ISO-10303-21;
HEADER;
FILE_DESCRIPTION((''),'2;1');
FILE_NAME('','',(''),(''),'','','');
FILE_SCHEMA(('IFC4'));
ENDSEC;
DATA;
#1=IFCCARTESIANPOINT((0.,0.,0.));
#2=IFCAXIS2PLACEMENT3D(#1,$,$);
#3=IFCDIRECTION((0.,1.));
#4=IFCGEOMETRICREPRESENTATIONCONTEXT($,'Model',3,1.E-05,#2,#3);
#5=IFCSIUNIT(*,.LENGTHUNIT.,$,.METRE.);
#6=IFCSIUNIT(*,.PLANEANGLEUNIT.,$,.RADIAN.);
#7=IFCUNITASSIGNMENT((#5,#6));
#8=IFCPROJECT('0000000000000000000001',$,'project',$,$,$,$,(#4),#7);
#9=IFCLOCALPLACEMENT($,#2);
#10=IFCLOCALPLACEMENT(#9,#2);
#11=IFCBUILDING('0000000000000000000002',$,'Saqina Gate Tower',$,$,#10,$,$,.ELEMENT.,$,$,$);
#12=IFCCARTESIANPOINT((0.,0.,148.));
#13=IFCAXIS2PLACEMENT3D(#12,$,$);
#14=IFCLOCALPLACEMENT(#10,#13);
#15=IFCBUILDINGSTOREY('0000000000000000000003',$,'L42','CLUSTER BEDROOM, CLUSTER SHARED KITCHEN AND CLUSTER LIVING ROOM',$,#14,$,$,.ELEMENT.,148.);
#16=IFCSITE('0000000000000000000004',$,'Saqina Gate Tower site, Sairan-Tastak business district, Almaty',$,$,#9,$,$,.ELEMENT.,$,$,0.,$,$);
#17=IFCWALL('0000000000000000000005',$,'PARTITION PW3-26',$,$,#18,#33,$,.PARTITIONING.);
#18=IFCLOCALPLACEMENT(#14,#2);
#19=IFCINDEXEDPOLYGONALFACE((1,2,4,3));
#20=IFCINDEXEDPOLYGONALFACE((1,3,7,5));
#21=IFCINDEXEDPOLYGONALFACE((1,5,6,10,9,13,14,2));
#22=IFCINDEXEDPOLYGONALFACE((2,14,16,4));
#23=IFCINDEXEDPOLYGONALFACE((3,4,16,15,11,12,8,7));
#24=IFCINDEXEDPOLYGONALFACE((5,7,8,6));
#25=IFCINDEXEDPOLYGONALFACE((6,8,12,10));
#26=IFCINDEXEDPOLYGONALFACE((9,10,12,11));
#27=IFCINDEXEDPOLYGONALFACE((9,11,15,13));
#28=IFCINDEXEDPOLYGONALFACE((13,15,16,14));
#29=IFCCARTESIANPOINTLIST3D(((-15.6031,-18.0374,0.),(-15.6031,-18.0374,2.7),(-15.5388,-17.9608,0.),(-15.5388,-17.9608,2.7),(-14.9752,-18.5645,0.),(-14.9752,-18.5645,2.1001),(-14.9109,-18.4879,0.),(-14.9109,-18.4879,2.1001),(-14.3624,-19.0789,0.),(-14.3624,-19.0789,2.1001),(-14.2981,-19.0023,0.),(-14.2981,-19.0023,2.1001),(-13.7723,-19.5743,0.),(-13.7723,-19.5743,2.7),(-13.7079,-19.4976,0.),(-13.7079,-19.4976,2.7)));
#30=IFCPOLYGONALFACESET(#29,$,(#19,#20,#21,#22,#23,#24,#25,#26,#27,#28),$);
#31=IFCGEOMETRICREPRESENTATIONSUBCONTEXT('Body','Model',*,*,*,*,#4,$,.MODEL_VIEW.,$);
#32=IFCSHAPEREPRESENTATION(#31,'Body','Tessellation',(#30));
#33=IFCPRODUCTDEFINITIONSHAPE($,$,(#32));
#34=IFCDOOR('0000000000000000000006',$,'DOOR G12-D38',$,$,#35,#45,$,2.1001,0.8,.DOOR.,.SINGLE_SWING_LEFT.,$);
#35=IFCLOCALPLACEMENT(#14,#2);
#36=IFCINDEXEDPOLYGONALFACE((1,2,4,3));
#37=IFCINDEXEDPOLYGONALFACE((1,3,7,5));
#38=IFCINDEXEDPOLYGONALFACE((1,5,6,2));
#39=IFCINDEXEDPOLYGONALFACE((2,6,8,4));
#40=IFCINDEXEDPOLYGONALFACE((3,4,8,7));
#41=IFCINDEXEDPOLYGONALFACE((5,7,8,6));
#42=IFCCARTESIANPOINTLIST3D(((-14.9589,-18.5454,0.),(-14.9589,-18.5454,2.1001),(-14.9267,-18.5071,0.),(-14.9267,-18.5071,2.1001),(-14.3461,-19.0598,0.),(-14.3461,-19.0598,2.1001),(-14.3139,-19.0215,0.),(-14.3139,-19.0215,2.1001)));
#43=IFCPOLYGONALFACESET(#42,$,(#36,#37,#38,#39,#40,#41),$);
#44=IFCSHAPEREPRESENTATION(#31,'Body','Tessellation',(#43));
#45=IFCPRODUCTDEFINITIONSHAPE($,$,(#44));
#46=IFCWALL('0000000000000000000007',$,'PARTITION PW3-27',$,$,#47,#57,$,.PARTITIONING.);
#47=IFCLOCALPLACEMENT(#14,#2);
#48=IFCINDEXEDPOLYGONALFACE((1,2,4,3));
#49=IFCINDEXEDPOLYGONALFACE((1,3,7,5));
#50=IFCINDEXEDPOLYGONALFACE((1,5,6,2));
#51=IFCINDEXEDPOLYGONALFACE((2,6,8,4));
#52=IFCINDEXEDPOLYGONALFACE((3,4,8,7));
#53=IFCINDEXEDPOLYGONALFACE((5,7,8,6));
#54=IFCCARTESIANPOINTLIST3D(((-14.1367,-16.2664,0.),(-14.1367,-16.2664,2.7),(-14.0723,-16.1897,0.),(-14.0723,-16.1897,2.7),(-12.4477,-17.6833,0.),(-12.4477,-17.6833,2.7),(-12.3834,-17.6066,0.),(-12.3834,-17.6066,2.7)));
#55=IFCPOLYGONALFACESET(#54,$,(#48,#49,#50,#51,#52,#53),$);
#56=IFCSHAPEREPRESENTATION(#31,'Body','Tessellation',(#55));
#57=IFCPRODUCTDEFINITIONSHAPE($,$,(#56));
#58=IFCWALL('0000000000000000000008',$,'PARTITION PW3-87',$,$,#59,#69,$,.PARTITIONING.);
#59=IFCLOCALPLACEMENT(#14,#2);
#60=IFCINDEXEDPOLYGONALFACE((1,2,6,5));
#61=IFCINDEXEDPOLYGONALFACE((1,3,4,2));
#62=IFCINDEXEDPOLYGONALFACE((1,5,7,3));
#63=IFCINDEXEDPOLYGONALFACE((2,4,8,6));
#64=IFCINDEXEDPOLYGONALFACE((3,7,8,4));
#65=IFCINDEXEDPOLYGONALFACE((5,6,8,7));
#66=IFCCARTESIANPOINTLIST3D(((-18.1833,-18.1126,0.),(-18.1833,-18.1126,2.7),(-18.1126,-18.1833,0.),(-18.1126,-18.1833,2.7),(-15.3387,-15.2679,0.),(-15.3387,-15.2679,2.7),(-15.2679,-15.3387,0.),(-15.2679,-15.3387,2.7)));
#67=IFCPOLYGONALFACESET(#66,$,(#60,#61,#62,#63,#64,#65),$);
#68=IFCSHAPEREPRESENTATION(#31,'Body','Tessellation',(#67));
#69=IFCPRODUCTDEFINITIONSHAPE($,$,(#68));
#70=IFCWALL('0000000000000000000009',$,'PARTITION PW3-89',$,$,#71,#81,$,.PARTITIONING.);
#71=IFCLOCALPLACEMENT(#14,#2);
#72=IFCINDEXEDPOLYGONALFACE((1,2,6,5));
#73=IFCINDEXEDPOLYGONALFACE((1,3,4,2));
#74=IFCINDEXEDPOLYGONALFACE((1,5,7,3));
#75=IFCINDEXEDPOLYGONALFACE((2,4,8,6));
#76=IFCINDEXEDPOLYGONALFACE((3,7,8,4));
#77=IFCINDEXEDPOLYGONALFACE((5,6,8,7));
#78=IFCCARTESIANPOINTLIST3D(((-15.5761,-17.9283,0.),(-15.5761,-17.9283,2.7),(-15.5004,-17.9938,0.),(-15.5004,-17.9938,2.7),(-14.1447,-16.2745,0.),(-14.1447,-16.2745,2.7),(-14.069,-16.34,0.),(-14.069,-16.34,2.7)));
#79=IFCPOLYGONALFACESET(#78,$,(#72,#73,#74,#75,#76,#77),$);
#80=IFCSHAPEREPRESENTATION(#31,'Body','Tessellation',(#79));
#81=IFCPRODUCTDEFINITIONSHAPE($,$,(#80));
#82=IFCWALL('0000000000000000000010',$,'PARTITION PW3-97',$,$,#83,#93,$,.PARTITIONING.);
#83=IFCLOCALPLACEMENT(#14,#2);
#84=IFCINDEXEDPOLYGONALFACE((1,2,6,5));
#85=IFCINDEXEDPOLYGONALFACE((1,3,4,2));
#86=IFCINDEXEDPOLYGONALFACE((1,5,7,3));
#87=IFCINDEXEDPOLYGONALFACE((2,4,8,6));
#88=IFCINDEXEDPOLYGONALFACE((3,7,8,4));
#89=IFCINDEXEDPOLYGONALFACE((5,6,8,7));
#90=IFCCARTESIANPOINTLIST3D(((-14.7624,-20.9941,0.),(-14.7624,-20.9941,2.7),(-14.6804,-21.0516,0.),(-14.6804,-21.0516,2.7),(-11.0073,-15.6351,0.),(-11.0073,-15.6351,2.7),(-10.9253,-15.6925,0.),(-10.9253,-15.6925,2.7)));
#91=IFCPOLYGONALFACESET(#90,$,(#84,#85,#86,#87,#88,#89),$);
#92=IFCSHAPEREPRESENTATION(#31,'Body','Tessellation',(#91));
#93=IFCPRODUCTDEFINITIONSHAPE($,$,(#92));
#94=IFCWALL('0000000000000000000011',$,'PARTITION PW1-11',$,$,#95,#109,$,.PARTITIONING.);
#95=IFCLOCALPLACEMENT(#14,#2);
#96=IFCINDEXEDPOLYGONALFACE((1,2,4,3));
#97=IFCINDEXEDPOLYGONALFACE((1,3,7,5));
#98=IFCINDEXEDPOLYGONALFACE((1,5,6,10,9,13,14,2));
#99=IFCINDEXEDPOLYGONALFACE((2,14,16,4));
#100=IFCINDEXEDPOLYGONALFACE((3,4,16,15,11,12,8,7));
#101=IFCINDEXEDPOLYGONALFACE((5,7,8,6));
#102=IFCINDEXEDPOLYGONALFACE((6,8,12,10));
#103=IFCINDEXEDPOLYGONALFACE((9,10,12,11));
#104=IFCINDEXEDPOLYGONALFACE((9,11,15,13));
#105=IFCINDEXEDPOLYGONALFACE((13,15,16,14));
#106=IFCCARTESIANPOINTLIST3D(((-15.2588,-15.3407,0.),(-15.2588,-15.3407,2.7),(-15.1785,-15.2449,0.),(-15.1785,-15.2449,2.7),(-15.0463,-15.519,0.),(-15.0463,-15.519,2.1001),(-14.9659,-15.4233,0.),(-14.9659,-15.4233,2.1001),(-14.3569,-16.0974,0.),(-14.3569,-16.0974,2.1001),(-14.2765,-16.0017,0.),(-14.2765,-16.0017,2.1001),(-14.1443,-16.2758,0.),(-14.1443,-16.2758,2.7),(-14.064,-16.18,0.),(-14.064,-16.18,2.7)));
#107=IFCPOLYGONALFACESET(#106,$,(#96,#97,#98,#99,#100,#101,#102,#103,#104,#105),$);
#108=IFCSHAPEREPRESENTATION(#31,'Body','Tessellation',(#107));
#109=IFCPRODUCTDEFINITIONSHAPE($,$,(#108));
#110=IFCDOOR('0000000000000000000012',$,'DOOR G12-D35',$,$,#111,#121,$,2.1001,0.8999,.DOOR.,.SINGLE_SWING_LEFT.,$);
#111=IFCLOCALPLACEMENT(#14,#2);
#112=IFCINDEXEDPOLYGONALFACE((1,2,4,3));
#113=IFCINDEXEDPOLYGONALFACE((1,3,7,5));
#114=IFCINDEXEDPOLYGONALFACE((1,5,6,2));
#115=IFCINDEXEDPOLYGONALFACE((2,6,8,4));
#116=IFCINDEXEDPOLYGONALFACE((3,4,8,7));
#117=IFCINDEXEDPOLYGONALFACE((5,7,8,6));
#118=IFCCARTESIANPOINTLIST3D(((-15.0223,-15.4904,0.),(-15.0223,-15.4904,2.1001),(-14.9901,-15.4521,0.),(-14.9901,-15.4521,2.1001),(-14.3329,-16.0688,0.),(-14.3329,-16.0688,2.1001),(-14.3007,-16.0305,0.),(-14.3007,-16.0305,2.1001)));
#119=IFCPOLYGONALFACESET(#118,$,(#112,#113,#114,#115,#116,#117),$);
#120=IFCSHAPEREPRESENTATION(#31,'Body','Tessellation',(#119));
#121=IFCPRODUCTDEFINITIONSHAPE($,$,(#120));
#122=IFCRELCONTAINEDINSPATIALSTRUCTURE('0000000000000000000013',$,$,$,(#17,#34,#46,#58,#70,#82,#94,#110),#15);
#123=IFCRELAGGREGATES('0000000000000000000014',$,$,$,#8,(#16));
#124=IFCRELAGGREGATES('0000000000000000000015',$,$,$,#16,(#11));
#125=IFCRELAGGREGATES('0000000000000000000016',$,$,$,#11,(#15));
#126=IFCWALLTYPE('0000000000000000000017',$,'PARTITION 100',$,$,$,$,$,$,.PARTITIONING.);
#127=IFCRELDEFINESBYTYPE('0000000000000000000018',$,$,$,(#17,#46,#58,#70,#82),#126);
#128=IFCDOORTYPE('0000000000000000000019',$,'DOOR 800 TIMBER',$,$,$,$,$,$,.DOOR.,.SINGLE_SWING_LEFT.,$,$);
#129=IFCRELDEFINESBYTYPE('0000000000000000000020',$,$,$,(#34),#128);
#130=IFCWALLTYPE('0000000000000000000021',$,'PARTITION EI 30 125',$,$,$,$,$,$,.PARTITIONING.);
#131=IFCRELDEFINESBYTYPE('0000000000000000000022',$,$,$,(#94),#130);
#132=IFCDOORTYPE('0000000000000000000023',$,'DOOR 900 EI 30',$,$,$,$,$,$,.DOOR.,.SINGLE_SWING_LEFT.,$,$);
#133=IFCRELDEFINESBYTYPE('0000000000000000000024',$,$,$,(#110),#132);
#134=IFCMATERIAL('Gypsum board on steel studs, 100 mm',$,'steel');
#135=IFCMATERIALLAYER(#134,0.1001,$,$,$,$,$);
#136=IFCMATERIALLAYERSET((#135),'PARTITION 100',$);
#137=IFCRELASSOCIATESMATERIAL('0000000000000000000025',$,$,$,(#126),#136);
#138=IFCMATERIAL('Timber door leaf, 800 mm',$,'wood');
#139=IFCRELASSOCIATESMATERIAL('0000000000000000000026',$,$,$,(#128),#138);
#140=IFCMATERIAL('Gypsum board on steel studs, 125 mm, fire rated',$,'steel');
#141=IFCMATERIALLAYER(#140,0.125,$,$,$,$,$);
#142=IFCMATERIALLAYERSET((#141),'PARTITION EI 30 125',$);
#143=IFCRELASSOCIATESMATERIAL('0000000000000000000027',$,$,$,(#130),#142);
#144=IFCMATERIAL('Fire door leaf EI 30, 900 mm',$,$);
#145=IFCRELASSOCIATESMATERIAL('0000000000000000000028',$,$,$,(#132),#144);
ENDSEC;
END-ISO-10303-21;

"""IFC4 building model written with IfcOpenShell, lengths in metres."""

from ifc_helpers import new_model, si_unit, direction, frame, frame_2d, origin, place, context, subcontext, project, spatial, rectangle, extrude, material, layer, layer_set, type_object, element, fill, save


model = new_model("IFC4")

# Units and contexts
model_context = context("Model", 3, precision=1e-05, world=origin(), true_north=direction((0.0, 1.0)))
body_context = subcontext(model_context, "Body", "Model", "MODEL_VIEW")
ifc_project = project(units=[si_unit("LENGTHUNIT", "METRE"), si_unit("PLANEANGLEUNIT", "RADIAN")], contexts=[model_context])

# Site, building, storey
site_placement = place(None, origin())
site = spatial("IfcSite", under=ifc_project, at=site_placement, Name="Saqina Gate Tower site, Sairan-Tastak business district, Almaty", CompositionType="ELEMENT", RefElevation=0.0)
building_placement = place(site_placement, origin())
building = spatial("IfcBuilding", under=site, at=building_placement, Name="Saqina Gate Tower", CompositionType="ELEMENT")
storey_placement = place(building_placement, frame((0.0, 0.0, 148.0)))
storey = spatial("IfcBuildingStorey", under=building, at=storey_placement, Name="L42", Description="CLUSTER BEDROOM, CLUSTER SHARED KITCHEN AND CLUSTER LIVING ROOM", CompositionType="ELEMENT", Elevation=148.0)

# Wall, opening, door
ifc_material_1 = material(Name="Gypsum board on steel studs, 100 mm", Category="steel")
ifc_layer_1 = layer(ifc_material_1, 0.1001)
ifc_layer_set_1 = layer_set([ifc_layer_1], Name="PARTITION 100")
wall_type_1 = type_object("IfcWallType", Name="PARTITION 100", PredefinedType="PARTITIONING", material=ifc_layer_set_1)
ifc_material_2 = material(Name="Timber door leaf, 800 mm", Category="wood")
door_type_1 = type_object("IfcDoorType", Name="DOOR 800 TIMBER", OperationType="SINGLE_SWING_LEFT", PredefinedType="DOOR", material=ifc_material_2)
wall_1_placement = place(storey_placement, frame((-15.571, -17.999, 0.0), z_axis=(0.0, 0.0, 1.0), x_axis=(0.765914, -0.642943, 0.0)))
wall_1 = element("IfcWall", 1, at=wall_1_placement, inside=storey, type_object=wall_type_1, Name="PARTITION PW3-26", PredefinedType="PARTITIONING", context=body_context, shape_type="SweptSolid", body=[
    extrude(rectangle(XDim=2.3904, YDim=0.1001, at=frame_2d((1.1953, 0.0))), origin(), (0.0, 0.0, 1.0), 2.7),
])
opening_1_placement = place(wall_1_placement, frame((0.8201, 0.0, 0.0)))
opening_1 = element("IfcOpeningElement", 2, at=opening_1_placement, cuts=wall_1, PredefinedType="OPENING", context=body_context, shape_type="SweptSolid", body=[
    extrude(rectangle(XDim=0.8, YDim=2.1001, at=frame_2d((0.3999, 1.05))), frame((0.0, 0.062, 0.0), z_axis=(0.0, -1.0, 0.0), x_axis=(1.0, 0.0, 0.0)), (0.0, 0.0, 1.0), 0.124),
])
door_1_placement = place(opening_1_placement, frame((0.8, 0.0, 0.0), z_axis=(0.0, 0.0, 1.0), x_axis=(-1.0, 0.0, 0.0)))
door_1 = element("IfcDoor", 3, at=door_1_placement, inside=storey, type_object=door_type_1, Name="DOOR G12-D38", OperationType="SINGLE_SWING_LEFT", OverallHeight=2.1001, OverallWidth=0.8, PredefinedType="DOOR", context=body_context, shape_type="SweptSolid", body=[
    extrude(rectangle(XDim=0.8, YDim=2.1001, at=frame_2d((0.3999, 1.05))), frame((0.0, 0.0249, 0.0), z_axis=(0.0, -1.0, 0.0), x_axis=(1.0, 0.0, 0.0)), (0.0, 0.0, 1.0), 0.05),
])
fill(opening_1, door_1)

# Walls
wall_2_placement = place(storey_placement, frame((-14.1045, -16.228, 0.0), z_axis=(0.0, 0.0, 1.0), x_axis=(0.766093, -0.64273, 0.0)))
element("IfcWall", 4, at=wall_2_placement, inside=storey, type_object=wall_type_1, Name="PARTITION PW3-27", PredefinedType="PARTITIONING", context=body_context, shape_type="SweptSolid", body=[
    extrude(rectangle(XDim=2.2046, YDim=0.1001, at=frame_2d((1.1023, 0.0))), origin(), (0.0, 0.0, 1.0), 2.7),
])
wall_3_placement = place(storey_placement, frame((-18.1479, -18.1479, 0.0), z_axis=(0.0, 0.0, 1.0), x_axis=(0.707107, 0.707107, 0.0)))
element("IfcWall", 5, at=wall_3_placement, inside=storey, type_object=wall_type_1, Name="PARTITION PW3-87", PredefinedType="PARTITIONING", context=body_context, shape_type="SweptSolid", body=[
    extrude(rectangle(XDim=4.0229, YDim=0.1001, at=frame_2d((2.0115, 0.0))), origin(), (0.0, 0.0, 1.0), 2.7),
])
wall_4_placement = place(storey_placement, frame((-15.5383, -17.9612, 0.0), z_axis=(0.0, 0.0, 1.0), x_axis=(0.654433, 0.75612, 0.0)))
element("IfcWall", 6, at=wall_4_placement, inside=storey, type_object=wall_type_1, Name="PARTITION PW3-89", PredefinedType="PARTITIONING", context=body_context, shape_type="SweptSolid", body=[
    extrude(rectangle(XDim=2.1873, YDim=0.1001, at=frame_2d((1.0938, 0.0))), origin(), (0.0, 0.0, 1.0), 2.7),
])
wall_5_placement = place(storey_placement, frame((-14.7214, -21.0229, 0.0), z_axis=(0.0, 0.0, 1.0), x_axis=(0.573845, 0.818964, 0.0)))
element("IfcWall", 7, at=wall_5_placement, inside=storey, type_object=wall_type_1, Name="PARTITION PW3-97", PredefinedType="PARTITIONING", context=body_context, shape_type="SweptSolid", body=[
    extrude(rectangle(XDim=6.5437, YDim=0.1001, at=frame_2d((3.272, 0.0))), origin(), (0.0, 0.0, 1.0), 2.7),
])

# Wall, opening, door
ifc_material_3 = material(Name="Gypsum board on steel studs, 125 mm, fire rated", Category="steel")
ifc_layer_2 = layer(ifc_material_3, 0.125)
ifc_layer_set_2 = layer_set([ifc_layer_2], Name="PARTITION EI 30 125")
wall_type_2 = type_object("IfcWallType", Name="PARTITION EI 30 125", PredefinedType="PARTITIONING", material=ifc_layer_set_2)
wall_6_placement = place(storey_placement, frame((-15.2188, -15.2927, 0.0), z_axis=(0.0, 0.0, 1.0), x_axis=(0.766085, -0.642739, 0.0)))
wall_6 = element("IfcWall", 8, at=wall_6_placement, inside=storey, type_object=wall_type_2, Name="PARTITION PW1-11", PredefinedType="PARTITIONING", context=body_context, shape_type="SweptSolid", body=[
    extrude(rectangle(XDim=1.4548, YDim=0.125, at=frame_2d((0.7275, 0.0))), origin(), (0.0, 0.0, 1.0), 2.7),
])
opening_2_placement = place(wall_6_placement, frame((0.2776, 0.0, 0.0)))
opening_2 = element("IfcOpeningElement", 9, at=opening_2_placement, cuts=wall_6, PredefinedType="OPENING", context=body_context, shape_type="SweptSolid", body=[
    extrude(rectangle(XDim=0.8999, YDim=2.1001, at=frame_2d((0.45, 1.05))), frame((0.0, 0.0745, 0.0), z_axis=(0.0, -1.0, 0.0), x_axis=(1.0, 0.0, 0.0)), (0.0, 0.0, 1.0), 0.1489),
])
ifc_material_4 = material(Name="Fire door leaf EI 30, 900 mm")
door_type_2 = type_object("IfcDoorType", Name="DOOR 900 EI 30", OperationType="SINGLE_SWING_LEFT", PredefinedType="DOOR", material=ifc_material_4)
door_2_placement = place(opening_2_placement, origin())
door_2 = element("IfcDoor", 10, at=door_2_placement, inside=storey, type_object=door_type_2, Name="DOOR G12-D35", OperationType="SINGLE_SWING_LEFT", OverallHeight=2.1001, OverallWidth=0.8999, PredefinedType="DOOR", context=body_context, shape_type="SweptSolid", body=[
    extrude(rectangle(XDim=0.8999, YDim=2.1001, at=frame_2d((0.45, 1.05))), frame((0.0, 0.0249, 0.0), z_axis=(0.0, -1.0, 0.0), x_axis=(1.0, 0.0, 0.0)), (0.0, 0.0, 1.0), 0.05),
])
fill(opening_2, door_2)

save(model, "model.ifc")
